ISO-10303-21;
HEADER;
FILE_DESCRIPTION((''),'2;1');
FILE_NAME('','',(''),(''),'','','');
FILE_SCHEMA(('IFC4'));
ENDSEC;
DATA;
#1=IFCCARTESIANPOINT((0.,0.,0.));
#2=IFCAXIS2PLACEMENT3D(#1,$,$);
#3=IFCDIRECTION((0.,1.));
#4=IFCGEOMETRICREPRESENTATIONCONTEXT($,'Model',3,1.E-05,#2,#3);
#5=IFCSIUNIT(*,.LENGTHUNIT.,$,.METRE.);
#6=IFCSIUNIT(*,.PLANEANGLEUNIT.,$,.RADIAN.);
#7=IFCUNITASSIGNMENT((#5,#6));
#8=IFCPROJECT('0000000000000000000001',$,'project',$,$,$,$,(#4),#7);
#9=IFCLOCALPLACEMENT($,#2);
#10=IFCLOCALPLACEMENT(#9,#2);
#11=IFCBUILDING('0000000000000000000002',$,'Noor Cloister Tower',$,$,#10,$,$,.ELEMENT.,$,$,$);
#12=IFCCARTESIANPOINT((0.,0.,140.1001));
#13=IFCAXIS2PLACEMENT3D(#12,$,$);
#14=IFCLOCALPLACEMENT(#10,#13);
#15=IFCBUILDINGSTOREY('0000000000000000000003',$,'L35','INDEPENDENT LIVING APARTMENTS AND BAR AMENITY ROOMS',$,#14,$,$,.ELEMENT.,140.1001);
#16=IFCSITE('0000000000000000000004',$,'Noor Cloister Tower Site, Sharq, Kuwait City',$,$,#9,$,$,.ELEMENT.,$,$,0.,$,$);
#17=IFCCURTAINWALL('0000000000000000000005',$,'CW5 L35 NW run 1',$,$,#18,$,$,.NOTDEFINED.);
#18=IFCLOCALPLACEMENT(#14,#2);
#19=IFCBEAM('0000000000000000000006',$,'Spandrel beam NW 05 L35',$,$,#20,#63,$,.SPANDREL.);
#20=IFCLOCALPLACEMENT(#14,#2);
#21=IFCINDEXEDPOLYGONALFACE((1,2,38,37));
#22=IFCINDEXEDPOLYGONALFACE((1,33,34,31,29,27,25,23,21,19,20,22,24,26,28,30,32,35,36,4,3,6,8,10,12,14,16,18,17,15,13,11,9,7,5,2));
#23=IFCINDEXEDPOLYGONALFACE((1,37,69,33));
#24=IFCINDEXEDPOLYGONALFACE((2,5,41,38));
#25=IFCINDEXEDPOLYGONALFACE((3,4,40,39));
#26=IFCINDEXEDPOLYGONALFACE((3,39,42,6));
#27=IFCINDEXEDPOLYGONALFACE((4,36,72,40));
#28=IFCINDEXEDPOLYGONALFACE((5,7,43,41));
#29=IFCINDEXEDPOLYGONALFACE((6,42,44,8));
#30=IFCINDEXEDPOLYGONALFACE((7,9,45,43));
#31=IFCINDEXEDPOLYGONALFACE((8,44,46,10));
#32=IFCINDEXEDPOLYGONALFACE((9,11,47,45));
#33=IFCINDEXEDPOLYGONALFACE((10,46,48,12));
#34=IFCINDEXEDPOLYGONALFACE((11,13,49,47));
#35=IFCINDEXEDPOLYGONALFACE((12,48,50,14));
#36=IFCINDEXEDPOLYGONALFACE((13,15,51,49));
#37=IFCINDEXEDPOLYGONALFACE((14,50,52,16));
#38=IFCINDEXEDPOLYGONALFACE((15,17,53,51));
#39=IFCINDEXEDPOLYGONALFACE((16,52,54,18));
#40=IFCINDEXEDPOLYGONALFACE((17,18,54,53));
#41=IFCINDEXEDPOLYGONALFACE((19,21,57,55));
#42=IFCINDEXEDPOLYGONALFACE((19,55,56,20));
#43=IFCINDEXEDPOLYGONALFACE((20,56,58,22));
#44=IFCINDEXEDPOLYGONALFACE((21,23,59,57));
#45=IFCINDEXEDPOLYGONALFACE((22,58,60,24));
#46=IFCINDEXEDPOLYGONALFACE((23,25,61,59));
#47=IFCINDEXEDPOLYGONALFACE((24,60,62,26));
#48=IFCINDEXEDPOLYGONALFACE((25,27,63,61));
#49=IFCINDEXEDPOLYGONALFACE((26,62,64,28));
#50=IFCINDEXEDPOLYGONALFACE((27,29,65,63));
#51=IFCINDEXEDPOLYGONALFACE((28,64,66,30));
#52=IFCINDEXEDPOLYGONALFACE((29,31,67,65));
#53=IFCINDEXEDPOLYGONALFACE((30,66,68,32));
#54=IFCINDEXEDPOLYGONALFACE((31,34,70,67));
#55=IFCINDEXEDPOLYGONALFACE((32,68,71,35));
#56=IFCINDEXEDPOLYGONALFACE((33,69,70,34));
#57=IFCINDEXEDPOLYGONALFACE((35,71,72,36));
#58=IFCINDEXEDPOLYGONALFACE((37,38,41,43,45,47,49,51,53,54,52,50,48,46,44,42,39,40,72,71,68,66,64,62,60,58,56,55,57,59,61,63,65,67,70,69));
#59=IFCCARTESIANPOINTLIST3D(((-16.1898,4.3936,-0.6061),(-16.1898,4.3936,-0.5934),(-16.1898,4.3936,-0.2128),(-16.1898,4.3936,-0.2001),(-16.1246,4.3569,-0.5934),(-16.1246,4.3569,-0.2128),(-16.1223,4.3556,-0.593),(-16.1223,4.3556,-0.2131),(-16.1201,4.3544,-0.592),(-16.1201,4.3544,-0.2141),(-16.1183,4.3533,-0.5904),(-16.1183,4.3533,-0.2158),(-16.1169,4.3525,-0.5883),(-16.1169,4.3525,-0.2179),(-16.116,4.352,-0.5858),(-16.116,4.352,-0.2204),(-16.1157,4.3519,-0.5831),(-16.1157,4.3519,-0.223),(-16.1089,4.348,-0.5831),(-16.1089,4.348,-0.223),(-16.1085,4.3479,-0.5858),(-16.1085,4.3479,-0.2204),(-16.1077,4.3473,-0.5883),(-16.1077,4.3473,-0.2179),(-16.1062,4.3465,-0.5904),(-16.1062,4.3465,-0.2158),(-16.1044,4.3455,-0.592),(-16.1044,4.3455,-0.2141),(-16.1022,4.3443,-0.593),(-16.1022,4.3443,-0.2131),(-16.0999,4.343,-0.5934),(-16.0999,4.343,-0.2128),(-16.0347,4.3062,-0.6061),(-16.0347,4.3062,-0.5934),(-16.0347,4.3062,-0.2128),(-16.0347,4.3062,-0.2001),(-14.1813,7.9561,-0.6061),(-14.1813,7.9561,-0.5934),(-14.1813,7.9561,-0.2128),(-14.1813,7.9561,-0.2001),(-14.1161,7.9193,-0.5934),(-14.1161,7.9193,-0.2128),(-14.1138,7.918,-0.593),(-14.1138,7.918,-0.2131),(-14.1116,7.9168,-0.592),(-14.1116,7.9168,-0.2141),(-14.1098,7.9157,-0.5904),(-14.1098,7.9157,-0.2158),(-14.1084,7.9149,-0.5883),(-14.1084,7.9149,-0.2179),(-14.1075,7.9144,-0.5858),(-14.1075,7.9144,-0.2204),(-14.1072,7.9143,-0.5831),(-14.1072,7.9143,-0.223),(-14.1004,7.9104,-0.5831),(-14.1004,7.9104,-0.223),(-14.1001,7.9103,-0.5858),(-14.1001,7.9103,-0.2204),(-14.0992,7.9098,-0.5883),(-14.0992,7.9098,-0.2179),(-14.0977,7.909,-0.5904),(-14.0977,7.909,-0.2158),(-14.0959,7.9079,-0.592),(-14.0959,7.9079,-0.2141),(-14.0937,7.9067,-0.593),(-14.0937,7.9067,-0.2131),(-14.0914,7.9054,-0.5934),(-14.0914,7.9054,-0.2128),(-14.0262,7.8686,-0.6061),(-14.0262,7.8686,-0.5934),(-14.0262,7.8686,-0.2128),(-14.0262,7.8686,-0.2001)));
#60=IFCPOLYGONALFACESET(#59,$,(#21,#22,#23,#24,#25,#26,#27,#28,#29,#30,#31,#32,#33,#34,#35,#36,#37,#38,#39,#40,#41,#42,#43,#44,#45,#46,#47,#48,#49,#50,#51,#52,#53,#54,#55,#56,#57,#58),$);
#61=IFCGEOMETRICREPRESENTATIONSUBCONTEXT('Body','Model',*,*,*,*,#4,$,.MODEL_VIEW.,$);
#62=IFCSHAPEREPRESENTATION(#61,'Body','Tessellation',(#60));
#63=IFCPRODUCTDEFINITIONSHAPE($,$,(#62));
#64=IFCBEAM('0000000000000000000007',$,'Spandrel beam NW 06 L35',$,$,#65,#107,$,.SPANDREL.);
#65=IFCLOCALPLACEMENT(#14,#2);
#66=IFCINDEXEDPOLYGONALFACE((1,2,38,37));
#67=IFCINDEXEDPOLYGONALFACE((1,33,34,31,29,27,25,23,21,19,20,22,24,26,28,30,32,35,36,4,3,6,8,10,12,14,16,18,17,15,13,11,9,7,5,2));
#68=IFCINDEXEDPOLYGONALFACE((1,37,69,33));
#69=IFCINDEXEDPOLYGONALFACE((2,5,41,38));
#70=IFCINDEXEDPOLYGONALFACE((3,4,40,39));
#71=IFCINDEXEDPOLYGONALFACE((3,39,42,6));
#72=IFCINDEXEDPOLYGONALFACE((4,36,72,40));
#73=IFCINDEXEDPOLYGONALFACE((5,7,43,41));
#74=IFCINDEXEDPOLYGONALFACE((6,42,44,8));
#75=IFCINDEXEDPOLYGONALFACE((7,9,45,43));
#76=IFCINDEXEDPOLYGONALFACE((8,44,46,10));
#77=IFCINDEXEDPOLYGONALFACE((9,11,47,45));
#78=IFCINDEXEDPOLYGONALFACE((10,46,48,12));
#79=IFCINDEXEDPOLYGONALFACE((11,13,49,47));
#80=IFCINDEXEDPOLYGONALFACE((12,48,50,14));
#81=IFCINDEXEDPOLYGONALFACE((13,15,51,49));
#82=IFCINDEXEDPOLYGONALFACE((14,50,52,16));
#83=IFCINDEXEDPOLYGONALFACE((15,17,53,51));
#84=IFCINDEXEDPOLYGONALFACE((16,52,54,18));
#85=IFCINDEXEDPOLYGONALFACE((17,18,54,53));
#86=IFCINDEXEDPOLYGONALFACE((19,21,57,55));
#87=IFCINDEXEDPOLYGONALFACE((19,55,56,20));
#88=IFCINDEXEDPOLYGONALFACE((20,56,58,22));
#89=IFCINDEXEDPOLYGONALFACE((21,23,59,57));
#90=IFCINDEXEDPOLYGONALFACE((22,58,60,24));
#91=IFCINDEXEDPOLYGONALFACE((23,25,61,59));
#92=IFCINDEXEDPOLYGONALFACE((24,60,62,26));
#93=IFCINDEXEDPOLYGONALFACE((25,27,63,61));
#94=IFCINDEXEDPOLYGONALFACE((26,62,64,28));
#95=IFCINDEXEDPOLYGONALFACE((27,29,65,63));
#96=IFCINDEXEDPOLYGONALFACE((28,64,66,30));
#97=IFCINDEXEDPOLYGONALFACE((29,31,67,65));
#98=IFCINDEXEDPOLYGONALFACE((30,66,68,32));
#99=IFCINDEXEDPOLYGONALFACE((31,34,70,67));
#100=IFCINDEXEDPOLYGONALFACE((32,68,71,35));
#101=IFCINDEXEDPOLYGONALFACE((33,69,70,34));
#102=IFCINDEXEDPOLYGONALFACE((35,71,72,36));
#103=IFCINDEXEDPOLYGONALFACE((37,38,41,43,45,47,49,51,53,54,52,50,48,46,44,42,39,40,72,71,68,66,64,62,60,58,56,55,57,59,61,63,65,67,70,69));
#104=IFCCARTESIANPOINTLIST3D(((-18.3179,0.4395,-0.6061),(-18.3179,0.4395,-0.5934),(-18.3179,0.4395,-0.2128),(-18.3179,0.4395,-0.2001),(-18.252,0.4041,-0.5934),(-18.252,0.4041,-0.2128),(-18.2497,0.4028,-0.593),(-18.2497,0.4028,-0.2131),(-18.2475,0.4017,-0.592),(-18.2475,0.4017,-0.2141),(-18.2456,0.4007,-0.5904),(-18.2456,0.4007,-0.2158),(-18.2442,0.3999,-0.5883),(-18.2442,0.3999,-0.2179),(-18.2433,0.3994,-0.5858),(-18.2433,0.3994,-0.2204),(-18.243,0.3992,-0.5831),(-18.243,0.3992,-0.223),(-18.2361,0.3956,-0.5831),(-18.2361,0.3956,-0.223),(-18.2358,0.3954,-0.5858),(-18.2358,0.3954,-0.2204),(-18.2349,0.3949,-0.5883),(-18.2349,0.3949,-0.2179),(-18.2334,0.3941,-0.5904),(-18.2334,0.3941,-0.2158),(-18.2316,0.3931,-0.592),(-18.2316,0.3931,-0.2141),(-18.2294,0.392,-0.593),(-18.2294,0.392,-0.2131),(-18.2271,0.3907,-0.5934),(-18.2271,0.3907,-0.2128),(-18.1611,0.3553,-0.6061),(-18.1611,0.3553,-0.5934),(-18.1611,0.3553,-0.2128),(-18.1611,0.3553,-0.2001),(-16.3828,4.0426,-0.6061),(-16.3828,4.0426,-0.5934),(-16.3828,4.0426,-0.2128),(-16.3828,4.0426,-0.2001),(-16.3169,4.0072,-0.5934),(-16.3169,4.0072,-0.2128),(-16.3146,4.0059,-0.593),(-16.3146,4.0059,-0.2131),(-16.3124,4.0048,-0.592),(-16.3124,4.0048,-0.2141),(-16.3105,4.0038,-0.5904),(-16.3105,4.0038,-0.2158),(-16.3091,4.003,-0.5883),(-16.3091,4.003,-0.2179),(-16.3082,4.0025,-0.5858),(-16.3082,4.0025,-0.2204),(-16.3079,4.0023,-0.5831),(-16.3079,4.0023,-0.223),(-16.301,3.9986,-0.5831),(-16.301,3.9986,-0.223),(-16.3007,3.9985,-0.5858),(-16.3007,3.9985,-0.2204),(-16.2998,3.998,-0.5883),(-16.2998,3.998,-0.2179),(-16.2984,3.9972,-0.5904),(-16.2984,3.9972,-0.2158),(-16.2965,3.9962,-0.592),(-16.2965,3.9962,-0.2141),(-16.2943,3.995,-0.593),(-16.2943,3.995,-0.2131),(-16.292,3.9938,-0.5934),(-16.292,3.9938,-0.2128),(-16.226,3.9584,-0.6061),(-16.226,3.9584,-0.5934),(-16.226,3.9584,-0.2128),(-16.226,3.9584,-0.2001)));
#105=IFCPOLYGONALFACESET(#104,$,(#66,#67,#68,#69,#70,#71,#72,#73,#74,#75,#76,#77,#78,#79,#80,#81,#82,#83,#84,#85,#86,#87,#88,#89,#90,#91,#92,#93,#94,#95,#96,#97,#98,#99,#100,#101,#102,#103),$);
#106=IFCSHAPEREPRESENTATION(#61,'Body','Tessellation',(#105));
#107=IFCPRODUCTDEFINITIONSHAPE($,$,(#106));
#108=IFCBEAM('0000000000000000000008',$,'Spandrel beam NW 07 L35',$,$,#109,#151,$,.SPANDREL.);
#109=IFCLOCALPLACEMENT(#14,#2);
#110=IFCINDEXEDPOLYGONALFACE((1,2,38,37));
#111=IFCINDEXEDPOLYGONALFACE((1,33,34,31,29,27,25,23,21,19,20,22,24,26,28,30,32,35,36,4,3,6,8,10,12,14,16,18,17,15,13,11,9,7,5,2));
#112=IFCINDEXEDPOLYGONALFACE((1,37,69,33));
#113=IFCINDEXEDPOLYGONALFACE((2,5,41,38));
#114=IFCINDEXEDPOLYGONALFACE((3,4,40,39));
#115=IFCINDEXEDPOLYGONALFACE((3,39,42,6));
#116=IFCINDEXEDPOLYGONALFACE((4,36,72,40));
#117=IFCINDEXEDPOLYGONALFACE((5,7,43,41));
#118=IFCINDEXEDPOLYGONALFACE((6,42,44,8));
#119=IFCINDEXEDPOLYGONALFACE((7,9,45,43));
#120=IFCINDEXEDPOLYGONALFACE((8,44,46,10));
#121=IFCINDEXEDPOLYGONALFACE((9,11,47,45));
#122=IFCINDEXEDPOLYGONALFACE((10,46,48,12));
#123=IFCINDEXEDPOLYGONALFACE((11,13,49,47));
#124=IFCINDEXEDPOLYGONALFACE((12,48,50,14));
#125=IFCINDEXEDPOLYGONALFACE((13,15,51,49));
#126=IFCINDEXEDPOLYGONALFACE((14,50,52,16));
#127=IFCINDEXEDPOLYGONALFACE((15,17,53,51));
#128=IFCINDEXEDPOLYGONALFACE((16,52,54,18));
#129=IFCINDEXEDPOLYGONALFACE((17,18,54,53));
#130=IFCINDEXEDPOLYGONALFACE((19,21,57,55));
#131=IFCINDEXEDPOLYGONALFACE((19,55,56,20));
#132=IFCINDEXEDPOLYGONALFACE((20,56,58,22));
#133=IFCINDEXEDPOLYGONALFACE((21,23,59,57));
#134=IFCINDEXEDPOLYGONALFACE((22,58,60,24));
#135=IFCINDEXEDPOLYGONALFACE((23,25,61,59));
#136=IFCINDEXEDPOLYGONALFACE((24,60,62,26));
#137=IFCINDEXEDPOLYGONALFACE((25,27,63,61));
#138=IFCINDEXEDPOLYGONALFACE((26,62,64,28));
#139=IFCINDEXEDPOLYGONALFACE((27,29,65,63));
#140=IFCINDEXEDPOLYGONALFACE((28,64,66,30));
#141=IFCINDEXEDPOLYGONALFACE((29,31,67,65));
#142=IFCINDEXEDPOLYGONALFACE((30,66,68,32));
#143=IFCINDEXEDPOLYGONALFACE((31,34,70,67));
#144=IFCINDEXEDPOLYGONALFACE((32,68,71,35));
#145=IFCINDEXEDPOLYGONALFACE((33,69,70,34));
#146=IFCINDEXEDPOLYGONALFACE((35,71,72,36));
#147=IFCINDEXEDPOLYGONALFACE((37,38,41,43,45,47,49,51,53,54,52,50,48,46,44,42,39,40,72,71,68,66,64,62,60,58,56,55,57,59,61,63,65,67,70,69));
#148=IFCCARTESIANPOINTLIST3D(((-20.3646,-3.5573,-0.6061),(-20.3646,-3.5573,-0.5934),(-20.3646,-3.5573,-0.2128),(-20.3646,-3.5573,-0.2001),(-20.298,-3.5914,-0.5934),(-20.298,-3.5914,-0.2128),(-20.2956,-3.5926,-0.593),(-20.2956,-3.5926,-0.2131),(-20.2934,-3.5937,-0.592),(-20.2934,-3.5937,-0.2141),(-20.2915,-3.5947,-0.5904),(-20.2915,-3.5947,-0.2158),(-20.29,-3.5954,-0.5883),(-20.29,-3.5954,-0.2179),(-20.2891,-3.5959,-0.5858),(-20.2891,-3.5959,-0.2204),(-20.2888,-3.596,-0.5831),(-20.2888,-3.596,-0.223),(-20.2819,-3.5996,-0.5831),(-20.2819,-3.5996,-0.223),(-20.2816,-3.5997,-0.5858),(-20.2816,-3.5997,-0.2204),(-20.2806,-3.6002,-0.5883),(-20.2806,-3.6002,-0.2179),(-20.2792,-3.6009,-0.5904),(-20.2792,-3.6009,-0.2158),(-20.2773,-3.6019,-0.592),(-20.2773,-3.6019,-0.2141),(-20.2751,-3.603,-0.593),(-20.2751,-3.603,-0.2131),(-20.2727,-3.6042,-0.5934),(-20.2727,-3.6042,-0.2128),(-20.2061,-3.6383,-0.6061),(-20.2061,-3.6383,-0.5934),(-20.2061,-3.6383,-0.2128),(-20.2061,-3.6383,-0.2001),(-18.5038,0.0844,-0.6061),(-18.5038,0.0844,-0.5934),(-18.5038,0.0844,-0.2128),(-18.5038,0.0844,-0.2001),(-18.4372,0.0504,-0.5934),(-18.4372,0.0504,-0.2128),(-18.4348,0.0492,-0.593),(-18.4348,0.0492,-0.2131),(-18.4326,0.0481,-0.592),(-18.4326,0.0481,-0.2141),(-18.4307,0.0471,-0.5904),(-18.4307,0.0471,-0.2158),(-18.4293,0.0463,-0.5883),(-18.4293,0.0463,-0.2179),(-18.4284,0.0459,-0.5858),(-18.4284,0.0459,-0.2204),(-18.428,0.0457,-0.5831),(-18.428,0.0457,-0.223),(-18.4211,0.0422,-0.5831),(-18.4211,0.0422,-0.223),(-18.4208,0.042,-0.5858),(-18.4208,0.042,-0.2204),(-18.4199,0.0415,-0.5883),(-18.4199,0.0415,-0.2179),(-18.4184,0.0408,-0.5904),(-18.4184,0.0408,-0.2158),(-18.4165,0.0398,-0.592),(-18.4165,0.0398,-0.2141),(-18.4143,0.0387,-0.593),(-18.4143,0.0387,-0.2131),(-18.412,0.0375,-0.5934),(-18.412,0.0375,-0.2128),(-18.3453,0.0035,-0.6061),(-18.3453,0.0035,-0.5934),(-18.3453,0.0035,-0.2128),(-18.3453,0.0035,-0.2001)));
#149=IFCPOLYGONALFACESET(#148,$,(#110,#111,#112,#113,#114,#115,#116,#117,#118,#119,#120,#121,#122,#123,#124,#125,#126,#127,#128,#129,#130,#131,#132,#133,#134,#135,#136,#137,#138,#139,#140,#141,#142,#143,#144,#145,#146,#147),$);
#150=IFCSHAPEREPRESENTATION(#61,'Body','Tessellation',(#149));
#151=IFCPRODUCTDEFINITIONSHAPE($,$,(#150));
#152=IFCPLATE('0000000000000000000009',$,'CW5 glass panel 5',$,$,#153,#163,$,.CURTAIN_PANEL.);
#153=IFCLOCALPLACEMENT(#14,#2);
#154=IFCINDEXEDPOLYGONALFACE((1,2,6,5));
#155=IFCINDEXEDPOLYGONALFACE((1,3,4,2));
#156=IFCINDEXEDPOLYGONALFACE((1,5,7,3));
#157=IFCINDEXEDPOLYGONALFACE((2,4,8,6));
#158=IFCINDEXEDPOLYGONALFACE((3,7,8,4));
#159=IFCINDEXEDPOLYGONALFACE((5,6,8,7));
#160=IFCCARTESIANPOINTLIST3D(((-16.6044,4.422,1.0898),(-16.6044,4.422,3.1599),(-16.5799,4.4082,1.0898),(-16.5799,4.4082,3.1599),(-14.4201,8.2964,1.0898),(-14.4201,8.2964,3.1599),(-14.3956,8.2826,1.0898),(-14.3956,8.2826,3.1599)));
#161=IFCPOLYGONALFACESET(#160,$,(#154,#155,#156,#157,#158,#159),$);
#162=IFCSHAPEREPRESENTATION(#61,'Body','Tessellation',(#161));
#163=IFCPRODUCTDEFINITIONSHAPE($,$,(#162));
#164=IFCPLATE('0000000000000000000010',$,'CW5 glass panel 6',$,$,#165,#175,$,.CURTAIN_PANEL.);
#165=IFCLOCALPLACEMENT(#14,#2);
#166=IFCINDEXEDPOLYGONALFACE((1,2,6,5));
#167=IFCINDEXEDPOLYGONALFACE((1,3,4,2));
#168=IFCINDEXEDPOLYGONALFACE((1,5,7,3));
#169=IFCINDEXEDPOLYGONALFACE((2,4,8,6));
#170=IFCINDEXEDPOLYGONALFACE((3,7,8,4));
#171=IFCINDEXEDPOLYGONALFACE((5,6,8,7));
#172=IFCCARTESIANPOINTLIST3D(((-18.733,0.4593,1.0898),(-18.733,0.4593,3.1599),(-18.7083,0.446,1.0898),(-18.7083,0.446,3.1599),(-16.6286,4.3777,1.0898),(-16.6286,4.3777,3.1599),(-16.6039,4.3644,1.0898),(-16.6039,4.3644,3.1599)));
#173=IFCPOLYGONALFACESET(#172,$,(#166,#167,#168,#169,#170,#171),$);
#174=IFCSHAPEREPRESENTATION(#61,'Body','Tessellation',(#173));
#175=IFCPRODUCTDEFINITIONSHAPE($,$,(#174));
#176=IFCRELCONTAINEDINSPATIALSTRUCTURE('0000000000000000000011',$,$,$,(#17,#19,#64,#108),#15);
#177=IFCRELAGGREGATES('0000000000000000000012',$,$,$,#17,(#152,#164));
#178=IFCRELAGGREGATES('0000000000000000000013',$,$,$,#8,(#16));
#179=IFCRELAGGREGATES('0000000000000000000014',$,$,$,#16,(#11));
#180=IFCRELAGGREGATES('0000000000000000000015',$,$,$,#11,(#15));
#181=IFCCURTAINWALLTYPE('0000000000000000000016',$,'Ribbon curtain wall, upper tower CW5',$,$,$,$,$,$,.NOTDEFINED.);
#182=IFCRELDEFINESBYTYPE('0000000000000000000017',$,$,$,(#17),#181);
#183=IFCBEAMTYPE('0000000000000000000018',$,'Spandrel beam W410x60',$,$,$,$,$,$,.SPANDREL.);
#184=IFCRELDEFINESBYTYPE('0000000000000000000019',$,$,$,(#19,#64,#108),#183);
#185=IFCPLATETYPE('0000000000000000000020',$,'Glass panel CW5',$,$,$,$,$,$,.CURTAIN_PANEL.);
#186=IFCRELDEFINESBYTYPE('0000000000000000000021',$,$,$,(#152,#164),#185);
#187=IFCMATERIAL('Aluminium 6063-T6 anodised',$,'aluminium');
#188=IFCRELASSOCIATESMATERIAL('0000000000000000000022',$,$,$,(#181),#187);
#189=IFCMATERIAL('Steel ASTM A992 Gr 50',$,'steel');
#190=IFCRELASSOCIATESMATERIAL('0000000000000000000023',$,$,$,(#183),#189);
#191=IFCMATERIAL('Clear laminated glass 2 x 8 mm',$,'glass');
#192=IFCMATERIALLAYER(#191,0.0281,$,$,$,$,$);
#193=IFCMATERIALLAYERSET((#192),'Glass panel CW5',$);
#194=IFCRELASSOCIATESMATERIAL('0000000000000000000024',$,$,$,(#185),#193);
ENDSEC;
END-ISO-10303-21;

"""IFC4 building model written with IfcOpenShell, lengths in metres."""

from ifc_helpers import new_model, si_unit, direction, frame, origin, origin_2d, place, context, subcontext, project, spatial, rectangle, i_section, extrude, material, layer, layer_set, material_profile, profile_set, type_object, element, aggregate, save


model = new_model("IFC4")

# Units and contexts
model_context = context("Model", 3, precision=1e-05, world=origin(), true_north=direction((0.0, 1.0)))
body_context = subcontext(model_context, "Body", "Model", "MODEL_VIEW")
ifc_project = project(units=[si_unit("LENGTHUNIT", "METRE"), si_unit("PLANEANGLEUNIT", "RADIAN")], contexts=[model_context])

# Site, building, storey
site_placement = place(None, origin())
site = spatial("IfcSite", under=ifc_project, at=site_placement, Name="Noor Cloister Tower Site, Sharq, Kuwait City", CompositionType="ELEMENT", RefElevation=0.0)
building_placement = place(site_placement, origin())
building = spatial("IfcBuilding", under=site, at=building_placement, Name="Noor Cloister Tower", CompositionType="ELEMENT")
storey_placement = place(building_placement, frame((0.0, 0.0, 140.1001)))
storey = spatial("IfcBuildingStorey", under=building, at=storey_placement, Name="L35", Description="INDEPENDENT LIVING APARTMENTS AND BAR AMENITY ROOMS", CompositionType="ELEMENT", Elevation=140.1001)

# Shared definitions
ifc_material_1 = material(Name="Aluminium 6063-T6 anodised", Category="aluminium")
curtain_wall_type = type_object("IfcCurtainWallType", Name="Ribbon curtain wall, upper tower CW5", PredefinedType="NOTDEFINED", material=ifc_material_1)

# Curtain wall
curtain_wall_1_placement = place(storey_placement, origin())
curtain_wall_1 = element("IfcCurtainWall", 1, at=curtain_wall_1_placement, inside=storey, type_object=curtain_wall_type, Name="CW5 L35 NW run 1", PredefinedType="NOTDEFINED")

# Beams
ifc_material_2 = material(Name="Steel ASTM A992 Gr 50", Category="steel")
ifc_material_profile_1 = material_profile(ifc_material_2, i_section(OverallWidth=0.178, OverallDepth=0.406, WebThickness=0.0078, FlangeThickness=0.0127, FilletRadius=0.0103, at=origin_2d()), Name="W410x60")
ifc_profile_set_1 = profile_set([ifc_material_profile_1], Name="Steel ASTM A992 Gr 50")
beam_type_1 = type_object("IfcBeamType", Name="Spandrel beam W410x60", PredefinedType="SPANDREL", material=ifc_profile_set_1)
beam_1_placement = place(storey_placement, frame((-14.1038, 7.9124, -0.4031), z_axis=(-0.491123, -0.87109, 0.0), x_axis=(0.87109, -0.491123, 0.0)))
element("IfcBeam", 2, at=beam_1_placement, inside=storey, type_object=beam_type_1, Name="Spandrel beam NW 05 L35", PredefinedType="SPANDREL", context=body_context, shape_type="SweptSolid", body=[
    extrude(i_section(OverallWidth=0.178, OverallDepth=0.406, WebThickness=0.0078, FlangeThickness=0.0127, FilletRadius=0.0103, at=origin_2d()), origin(), (0.0, 0.0, 1.0), 4.0896),
])
beam_2_placement = place(storey_placement, frame((-16.3044, 4.0005, -0.4031), z_axis=(-0.473146, -0.880984, 0.0), x_axis=(0.880984, -0.473146, 0.0)))
element("IfcBeam", 3, at=beam_2_placement, inside=storey, type_object=beam_type_1, Name="Spandrel beam NW 06 L35", PredefinedType="SPANDREL", context=body_context, shape_type="SweptSolid", body=[
    extrude(i_section(OverallWidth=0.178, OverallDepth=0.406, WebThickness=0.0078, FlangeThickness=0.0127, FilletRadius=0.0103, at=origin_2d()), origin(), (0.0, 0.0, 1.0), 4.0898),
])
beam_3_placement = place(storey_placement, frame((-18.4246, 0.0439, -0.4031), z_axis=(-0.455005, -0.890489, 0.0), x_axis=(0.890489, -0.455005, 0.0)))
element("IfcBeam", 4, at=beam_3_placement, inside=storey, type_object=beam_type_1, Name="Spandrel beam NW 07 L35", PredefinedType="SPANDREL", context=body_context, shape_type="SweptSolid", body=[
    extrude(i_section(OverallWidth=0.178, OverallDepth=0.406, WebThickness=0.0078, FlangeThickness=0.0127, FilletRadius=0.0103, at=origin_2d()), origin(), (0.0, 0.0, 1.0), 4.0896),
])

# Plates
ifc_material_3 = material(Name="Clear laminated glass 2 x 8 mm", Category="glass")
ifc_layer_1 = layer(ifc_material_3, 0.0281)
ifc_layer_set_1 = layer_set([ifc_layer_1], Name="Glass panel CW5")
plate_type = type_object("IfcPlateType", Name="Glass panel CW5", PredefinedType="CURTAIN_PANEL", material=ifc_layer_set_1)
plate_1_placement = place(storey_placement, frame((-15.5, 6.3523, 1.0898), z_axis=(0.0, 0.0, 1.0), x_axis=(-0.491096, -0.871106, 0.0)))
plate_1 = element("IfcPlate", 5, at=plate_1_placement, type_object=plate_type, Name="CW5 glass panel 5", PredefinedType="CURTAIN_PANEL", context=body_context, shape_type="SweptSolid", body=[
    extrude(rectangle(XDim=4.4478, YDim=0.0281, at=origin_2d()), origin(), (0.0, 0.0, 1.0), 2.0701),
])
plate_2_placement = place(storey_placement, frame((-17.6685, 2.4119, 1.0898), z_axis=(0.0, 0.0, 1.0), x_axis=(-0.473133, -0.880991, 0.0)))
plate_2 = element("IfcPlate", 6, at=plate_2_placement, type_object=plate_type, Name="CW5 glass panel 6", PredefinedType="CURTAIN_PANEL", context=body_context, shape_type="SweptSolid", body=[
    extrude(rectangle(XDim=4.4478, YDim=0.0281, at=origin_2d()), origin(), (0.0, 0.0, 1.0), 2.0701),
])
aggregate(curtain_wall_1, [plate_1, plate_2])

save(model, "model.ifc")
